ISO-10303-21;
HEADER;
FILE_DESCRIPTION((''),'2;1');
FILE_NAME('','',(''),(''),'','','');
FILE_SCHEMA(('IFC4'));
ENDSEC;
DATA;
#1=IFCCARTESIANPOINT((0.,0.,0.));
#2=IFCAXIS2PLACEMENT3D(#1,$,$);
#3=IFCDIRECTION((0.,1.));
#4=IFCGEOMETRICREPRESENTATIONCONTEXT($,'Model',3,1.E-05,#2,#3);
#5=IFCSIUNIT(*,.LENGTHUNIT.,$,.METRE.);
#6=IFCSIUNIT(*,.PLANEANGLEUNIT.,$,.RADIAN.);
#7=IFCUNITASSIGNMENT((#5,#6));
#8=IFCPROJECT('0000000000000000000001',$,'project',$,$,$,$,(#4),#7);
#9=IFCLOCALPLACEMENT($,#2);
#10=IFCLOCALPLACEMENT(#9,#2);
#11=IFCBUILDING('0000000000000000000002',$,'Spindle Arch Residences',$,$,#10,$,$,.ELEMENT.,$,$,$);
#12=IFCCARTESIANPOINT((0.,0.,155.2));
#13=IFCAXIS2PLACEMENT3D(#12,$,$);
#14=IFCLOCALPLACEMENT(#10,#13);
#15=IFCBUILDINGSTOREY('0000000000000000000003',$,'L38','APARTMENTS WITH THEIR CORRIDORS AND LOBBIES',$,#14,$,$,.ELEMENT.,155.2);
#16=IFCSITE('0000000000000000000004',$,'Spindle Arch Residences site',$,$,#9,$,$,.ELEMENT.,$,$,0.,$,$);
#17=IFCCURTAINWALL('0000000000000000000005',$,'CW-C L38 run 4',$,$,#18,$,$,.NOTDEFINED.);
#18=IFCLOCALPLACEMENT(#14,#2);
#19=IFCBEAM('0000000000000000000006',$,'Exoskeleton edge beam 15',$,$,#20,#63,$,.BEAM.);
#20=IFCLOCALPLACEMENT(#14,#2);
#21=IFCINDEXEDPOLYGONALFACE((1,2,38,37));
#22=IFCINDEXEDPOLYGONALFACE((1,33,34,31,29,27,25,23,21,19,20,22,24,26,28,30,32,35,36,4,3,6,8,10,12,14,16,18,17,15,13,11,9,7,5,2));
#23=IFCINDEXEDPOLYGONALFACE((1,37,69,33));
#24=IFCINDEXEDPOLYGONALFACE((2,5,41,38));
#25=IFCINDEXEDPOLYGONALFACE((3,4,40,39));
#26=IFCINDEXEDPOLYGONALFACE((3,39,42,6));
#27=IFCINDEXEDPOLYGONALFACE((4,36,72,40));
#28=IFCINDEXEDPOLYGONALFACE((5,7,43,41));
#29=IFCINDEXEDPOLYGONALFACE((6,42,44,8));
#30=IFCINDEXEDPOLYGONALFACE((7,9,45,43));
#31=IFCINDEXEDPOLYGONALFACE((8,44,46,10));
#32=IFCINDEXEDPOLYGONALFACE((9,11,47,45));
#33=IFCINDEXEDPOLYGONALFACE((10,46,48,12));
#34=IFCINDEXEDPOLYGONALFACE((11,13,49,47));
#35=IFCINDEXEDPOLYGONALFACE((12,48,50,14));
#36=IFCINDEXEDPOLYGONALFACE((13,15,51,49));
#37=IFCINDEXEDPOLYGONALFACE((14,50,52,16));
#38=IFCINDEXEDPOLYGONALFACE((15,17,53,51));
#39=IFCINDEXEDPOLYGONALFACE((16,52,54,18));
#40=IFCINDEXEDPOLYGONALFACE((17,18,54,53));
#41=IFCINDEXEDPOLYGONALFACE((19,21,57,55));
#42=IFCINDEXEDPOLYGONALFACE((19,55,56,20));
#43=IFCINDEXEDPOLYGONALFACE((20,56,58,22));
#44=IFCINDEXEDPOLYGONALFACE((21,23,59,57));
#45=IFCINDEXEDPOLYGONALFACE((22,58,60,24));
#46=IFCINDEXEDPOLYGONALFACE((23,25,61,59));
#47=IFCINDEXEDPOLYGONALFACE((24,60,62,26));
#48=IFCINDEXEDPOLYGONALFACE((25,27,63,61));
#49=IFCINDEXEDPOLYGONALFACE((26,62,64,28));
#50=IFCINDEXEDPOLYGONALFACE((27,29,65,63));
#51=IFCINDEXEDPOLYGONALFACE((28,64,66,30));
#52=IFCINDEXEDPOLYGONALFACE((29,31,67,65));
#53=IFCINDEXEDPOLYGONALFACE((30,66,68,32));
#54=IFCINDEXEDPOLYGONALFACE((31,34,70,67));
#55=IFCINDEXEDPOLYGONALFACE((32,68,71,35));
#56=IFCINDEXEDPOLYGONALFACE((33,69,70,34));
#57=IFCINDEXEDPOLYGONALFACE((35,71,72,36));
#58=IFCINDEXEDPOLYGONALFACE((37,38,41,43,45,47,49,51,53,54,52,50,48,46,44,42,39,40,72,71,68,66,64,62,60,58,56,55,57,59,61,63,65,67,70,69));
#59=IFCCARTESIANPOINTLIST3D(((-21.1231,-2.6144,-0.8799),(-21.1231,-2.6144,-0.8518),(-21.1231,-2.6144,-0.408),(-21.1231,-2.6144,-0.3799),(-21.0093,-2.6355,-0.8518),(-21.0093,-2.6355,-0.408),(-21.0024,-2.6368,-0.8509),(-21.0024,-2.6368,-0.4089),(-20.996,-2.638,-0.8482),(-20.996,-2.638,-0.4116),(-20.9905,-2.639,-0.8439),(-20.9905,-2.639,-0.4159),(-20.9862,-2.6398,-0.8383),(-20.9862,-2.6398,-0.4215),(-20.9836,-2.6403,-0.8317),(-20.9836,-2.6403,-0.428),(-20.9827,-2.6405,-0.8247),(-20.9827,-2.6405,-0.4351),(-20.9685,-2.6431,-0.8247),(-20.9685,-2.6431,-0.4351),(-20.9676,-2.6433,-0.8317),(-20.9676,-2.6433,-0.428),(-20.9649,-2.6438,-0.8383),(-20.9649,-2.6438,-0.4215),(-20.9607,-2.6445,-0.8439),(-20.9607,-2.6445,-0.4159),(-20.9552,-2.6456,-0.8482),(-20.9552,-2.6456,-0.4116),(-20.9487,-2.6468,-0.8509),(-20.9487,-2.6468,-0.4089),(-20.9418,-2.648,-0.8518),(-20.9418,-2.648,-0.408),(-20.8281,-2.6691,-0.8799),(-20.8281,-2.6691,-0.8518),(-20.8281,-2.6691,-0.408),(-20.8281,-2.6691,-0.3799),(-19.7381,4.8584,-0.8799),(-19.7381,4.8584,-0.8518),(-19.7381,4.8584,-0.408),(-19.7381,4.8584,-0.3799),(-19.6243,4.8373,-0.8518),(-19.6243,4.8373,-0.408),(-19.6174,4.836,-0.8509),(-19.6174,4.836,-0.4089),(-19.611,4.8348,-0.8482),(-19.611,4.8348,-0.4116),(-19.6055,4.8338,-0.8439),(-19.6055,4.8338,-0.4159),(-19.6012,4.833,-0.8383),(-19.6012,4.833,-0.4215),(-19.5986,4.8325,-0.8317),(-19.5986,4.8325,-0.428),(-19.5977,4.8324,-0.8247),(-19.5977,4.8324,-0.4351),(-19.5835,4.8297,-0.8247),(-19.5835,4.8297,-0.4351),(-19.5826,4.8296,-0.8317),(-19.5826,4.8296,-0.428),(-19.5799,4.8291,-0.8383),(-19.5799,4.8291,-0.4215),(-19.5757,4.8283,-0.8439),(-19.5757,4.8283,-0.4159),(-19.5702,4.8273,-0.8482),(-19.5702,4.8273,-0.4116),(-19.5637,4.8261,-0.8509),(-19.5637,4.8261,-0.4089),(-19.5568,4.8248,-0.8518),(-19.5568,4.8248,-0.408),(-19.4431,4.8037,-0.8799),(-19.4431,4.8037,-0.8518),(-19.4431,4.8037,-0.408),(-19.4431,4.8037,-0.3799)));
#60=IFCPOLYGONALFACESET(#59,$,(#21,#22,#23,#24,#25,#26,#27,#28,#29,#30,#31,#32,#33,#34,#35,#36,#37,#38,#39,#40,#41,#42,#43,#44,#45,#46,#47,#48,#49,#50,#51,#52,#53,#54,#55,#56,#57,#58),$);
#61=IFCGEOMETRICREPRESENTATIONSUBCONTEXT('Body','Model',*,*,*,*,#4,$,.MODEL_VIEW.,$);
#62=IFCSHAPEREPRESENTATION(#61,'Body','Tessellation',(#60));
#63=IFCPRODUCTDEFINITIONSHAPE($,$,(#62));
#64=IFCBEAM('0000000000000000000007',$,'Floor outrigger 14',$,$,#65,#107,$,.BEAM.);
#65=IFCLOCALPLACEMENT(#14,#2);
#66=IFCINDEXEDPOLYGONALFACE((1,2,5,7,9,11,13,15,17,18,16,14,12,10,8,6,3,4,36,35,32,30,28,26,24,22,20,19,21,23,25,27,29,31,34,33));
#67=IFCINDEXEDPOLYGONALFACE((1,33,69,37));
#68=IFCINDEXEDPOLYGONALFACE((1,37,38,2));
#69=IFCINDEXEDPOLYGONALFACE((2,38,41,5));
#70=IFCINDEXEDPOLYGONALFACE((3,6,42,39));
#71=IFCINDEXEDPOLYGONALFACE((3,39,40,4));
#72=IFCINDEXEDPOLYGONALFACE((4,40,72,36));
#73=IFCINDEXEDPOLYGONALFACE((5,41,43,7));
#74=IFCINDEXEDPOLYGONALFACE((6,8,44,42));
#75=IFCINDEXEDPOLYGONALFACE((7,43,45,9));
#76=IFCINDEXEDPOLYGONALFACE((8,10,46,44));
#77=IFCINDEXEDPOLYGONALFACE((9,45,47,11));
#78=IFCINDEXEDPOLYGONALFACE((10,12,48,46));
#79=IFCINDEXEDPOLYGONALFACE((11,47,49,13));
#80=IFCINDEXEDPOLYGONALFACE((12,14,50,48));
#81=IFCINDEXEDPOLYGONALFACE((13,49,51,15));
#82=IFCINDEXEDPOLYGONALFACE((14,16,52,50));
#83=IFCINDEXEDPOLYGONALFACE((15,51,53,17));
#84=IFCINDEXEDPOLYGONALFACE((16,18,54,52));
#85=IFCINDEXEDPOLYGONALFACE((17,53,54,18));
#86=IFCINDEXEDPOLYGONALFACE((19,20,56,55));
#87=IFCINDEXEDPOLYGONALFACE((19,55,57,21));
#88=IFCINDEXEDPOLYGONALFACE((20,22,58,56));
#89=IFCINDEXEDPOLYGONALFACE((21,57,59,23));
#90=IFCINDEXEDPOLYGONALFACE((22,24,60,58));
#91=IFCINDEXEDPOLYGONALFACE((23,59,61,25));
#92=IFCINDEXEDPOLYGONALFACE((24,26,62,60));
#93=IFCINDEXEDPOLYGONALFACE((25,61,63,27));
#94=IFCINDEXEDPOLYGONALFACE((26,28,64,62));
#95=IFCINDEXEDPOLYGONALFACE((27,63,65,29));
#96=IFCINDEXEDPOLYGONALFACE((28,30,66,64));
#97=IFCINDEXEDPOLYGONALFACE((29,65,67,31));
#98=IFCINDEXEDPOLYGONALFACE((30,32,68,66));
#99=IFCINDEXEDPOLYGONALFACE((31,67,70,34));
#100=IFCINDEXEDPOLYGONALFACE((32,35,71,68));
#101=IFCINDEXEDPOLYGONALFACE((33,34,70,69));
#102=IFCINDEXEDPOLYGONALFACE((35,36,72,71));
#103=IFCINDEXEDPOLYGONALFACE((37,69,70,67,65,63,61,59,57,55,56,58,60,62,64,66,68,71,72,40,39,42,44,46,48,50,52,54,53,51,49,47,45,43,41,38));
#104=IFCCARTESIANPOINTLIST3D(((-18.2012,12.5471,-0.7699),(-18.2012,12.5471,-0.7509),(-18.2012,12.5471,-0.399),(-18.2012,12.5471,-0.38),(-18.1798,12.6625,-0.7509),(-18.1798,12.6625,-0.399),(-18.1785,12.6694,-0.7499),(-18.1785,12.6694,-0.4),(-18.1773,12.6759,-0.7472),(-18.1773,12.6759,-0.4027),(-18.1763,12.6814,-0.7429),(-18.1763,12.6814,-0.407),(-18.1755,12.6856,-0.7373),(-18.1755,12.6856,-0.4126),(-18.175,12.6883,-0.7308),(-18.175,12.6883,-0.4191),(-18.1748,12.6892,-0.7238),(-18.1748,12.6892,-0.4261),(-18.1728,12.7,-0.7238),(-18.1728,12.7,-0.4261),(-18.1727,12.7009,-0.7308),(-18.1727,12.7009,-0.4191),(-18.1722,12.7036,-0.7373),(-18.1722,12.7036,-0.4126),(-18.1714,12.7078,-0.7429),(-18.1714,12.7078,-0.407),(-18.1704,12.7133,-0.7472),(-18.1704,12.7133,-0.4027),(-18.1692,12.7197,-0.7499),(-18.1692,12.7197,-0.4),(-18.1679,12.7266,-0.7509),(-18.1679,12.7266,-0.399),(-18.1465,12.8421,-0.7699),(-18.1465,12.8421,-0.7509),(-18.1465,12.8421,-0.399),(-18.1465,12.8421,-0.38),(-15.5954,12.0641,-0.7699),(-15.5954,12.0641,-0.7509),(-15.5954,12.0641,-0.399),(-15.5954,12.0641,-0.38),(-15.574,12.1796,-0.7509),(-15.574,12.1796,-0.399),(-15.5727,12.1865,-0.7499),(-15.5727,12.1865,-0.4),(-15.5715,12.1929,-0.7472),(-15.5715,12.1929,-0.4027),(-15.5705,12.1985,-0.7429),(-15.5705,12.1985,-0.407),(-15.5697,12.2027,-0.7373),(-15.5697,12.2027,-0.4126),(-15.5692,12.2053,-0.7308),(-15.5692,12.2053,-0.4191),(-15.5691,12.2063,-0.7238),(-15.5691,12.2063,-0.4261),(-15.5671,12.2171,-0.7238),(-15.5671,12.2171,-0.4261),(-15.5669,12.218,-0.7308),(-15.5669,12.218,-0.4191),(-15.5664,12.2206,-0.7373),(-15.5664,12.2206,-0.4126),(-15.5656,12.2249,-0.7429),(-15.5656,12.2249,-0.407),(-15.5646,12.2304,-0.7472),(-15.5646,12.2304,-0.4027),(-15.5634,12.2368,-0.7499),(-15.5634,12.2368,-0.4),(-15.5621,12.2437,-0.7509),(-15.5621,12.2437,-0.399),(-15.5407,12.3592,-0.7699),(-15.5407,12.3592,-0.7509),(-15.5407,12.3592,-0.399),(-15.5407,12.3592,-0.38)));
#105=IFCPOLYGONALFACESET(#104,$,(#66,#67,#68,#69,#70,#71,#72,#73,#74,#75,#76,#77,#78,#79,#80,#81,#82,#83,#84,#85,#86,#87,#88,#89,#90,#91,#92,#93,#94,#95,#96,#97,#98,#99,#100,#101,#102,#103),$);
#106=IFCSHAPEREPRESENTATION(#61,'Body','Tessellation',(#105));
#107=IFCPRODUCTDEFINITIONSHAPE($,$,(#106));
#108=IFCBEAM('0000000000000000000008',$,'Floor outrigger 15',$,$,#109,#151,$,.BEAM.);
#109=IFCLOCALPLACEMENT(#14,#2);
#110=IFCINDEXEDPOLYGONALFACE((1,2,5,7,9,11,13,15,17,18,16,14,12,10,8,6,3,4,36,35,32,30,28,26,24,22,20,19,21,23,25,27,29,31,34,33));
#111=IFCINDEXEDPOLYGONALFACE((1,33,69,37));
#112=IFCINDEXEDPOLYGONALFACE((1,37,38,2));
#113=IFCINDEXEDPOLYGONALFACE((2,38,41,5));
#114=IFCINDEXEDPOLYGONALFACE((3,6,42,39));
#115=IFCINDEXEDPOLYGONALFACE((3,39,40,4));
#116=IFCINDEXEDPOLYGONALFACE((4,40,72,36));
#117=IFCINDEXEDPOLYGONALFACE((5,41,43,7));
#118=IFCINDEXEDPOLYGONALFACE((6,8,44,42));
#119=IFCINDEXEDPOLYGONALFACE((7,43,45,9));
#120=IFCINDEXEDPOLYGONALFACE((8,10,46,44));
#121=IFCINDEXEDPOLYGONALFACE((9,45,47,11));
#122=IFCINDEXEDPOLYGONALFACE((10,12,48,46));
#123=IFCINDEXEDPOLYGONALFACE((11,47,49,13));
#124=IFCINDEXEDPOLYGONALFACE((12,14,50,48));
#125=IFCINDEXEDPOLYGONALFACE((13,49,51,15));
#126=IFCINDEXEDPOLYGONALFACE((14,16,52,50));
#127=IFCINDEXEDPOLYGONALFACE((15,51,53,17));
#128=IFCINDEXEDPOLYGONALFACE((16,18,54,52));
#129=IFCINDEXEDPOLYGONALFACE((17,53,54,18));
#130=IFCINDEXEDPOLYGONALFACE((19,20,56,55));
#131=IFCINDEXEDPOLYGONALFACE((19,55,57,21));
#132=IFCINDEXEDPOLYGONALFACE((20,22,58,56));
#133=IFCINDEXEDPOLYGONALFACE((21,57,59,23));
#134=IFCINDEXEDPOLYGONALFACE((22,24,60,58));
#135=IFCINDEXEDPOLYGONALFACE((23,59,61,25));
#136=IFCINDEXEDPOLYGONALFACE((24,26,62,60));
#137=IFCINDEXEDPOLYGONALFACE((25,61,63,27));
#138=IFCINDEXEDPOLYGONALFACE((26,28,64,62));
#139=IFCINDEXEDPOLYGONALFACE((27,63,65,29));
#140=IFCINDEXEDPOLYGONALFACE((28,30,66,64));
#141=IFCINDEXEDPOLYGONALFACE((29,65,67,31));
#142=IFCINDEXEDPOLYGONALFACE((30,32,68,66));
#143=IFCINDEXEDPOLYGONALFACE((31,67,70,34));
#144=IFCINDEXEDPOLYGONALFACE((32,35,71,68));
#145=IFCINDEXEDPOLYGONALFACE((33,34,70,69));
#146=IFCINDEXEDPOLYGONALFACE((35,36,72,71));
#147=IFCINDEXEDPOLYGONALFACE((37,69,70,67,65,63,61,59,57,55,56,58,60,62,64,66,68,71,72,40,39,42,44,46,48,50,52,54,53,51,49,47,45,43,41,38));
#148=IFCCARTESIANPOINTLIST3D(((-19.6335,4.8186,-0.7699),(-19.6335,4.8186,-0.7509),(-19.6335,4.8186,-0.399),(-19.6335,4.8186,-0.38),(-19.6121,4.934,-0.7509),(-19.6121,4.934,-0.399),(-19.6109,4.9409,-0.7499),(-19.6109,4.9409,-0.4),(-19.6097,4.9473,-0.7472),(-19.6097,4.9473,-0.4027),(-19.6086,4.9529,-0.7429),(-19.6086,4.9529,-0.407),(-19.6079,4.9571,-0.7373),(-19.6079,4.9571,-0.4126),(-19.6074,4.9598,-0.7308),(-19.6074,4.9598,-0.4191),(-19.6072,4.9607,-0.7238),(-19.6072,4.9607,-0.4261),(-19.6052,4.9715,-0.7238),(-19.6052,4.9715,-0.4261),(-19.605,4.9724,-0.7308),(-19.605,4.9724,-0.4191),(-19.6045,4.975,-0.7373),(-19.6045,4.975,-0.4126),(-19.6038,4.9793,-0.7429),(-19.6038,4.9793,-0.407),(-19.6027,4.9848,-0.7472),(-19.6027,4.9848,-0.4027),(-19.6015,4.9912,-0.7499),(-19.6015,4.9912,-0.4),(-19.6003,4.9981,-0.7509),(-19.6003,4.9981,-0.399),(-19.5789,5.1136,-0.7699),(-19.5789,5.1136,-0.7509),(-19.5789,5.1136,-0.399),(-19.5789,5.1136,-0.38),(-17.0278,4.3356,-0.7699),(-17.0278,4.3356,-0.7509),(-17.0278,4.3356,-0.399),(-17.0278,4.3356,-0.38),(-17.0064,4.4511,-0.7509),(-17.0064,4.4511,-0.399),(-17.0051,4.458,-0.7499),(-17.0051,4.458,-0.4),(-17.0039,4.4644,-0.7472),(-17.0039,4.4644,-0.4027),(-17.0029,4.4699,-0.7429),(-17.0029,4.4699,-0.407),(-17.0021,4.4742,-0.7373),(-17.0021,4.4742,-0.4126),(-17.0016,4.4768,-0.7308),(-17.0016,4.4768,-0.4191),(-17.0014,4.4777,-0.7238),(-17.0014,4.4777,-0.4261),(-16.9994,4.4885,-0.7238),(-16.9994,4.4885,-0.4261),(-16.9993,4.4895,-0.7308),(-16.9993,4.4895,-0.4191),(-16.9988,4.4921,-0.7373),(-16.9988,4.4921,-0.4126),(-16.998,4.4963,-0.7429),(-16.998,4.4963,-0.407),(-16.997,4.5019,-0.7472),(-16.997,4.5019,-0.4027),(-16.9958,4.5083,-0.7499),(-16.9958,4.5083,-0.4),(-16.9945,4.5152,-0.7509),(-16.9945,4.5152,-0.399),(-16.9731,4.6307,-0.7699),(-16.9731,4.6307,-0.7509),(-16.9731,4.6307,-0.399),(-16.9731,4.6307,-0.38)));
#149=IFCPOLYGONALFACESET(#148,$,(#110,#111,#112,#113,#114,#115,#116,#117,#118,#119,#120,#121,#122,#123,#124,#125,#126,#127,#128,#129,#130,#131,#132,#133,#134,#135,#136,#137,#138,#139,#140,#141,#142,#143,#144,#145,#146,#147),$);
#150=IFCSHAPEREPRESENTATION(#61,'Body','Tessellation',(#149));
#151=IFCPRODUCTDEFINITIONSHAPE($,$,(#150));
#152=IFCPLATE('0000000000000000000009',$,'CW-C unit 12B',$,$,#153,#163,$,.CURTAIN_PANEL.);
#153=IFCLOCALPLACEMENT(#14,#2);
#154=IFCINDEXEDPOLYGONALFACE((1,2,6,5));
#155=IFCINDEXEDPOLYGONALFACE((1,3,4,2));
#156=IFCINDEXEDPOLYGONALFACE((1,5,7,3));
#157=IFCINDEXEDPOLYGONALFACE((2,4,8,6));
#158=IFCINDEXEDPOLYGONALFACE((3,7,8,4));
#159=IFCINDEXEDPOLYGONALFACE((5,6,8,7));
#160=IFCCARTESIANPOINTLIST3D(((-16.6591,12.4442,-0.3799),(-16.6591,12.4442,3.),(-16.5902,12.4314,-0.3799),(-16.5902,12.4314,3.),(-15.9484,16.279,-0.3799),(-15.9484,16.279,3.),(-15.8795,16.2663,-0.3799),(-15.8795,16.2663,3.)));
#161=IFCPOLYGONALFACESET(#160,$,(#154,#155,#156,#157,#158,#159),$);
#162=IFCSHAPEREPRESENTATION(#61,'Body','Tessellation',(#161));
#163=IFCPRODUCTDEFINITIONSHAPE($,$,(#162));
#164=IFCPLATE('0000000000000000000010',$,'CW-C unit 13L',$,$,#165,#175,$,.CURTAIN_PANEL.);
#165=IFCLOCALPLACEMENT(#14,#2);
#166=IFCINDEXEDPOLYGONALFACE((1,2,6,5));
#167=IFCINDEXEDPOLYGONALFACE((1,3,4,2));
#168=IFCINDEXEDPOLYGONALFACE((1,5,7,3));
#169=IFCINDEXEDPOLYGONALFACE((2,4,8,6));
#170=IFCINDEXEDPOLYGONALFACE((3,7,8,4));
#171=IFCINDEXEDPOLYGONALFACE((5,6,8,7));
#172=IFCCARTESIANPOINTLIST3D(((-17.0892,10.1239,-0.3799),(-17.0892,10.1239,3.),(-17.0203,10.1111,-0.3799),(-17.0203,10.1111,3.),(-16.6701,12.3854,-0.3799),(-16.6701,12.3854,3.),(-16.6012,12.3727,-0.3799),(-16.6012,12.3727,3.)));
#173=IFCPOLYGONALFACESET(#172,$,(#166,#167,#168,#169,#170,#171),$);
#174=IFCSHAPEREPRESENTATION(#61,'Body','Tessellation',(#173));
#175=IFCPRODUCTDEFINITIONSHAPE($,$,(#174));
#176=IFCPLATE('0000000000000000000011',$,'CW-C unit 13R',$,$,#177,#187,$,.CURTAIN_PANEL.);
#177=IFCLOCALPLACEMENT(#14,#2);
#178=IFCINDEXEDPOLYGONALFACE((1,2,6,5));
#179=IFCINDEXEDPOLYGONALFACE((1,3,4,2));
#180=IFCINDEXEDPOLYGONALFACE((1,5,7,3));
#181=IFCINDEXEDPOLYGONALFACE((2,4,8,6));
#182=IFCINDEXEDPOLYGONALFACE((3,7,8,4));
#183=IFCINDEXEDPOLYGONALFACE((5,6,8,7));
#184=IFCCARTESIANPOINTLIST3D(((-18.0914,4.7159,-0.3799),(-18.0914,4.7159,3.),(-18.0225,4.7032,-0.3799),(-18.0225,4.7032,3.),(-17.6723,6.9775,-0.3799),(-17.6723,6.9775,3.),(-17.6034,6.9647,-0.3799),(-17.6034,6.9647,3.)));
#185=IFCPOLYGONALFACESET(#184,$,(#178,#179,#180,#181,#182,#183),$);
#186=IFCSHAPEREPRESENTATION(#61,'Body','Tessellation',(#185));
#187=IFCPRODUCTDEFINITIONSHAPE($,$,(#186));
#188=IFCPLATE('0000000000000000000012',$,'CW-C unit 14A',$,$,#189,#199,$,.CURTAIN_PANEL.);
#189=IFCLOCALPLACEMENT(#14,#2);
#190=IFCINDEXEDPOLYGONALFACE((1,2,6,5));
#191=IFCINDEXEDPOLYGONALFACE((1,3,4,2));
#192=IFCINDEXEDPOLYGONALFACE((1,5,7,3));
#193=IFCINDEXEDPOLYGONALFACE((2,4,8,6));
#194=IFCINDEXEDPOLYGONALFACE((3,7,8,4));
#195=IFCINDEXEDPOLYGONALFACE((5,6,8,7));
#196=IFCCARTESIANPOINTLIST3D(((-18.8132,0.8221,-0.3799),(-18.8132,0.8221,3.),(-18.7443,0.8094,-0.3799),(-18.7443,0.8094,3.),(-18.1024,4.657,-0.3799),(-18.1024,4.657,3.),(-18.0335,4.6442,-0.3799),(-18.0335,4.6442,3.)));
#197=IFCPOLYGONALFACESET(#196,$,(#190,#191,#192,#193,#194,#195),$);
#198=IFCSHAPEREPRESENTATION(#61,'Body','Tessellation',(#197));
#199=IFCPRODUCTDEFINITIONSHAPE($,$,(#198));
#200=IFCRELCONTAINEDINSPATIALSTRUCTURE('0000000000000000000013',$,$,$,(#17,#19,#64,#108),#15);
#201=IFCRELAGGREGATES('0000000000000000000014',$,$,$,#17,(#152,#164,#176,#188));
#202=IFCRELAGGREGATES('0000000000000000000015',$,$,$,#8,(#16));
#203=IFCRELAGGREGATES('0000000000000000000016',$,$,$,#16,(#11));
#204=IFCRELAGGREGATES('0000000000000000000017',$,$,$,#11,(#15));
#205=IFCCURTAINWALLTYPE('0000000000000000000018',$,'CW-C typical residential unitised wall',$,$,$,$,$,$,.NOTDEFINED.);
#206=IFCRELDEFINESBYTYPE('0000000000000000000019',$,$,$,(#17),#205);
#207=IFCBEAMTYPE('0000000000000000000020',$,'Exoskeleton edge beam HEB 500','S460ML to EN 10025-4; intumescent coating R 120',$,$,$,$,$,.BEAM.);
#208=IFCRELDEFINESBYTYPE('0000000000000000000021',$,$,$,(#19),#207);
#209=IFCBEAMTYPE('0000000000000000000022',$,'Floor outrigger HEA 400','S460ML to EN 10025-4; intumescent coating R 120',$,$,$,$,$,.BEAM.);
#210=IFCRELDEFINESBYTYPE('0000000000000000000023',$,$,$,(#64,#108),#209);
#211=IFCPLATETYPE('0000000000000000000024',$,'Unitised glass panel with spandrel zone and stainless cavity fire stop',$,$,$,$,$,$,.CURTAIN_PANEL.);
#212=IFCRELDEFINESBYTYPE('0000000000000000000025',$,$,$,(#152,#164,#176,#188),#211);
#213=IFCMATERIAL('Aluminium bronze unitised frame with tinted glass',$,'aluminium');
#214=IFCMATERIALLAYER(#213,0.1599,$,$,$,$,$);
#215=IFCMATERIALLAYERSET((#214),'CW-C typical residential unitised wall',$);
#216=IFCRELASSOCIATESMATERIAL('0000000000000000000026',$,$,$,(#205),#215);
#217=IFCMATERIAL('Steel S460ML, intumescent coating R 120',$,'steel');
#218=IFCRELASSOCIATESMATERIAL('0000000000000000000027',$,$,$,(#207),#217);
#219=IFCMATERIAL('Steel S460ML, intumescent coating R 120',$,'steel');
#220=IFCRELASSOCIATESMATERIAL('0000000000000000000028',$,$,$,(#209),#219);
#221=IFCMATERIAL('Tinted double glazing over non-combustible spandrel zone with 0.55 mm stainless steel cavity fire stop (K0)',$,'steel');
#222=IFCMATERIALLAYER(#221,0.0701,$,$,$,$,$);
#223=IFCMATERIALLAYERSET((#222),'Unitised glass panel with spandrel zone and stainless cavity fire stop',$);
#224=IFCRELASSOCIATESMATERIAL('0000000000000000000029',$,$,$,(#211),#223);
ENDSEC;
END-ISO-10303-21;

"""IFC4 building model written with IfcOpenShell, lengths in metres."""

from ifc_helpers import new_model, si_unit, direction, frame, origin, origin_2d, place, context, subcontext, project, spatial, rectangle, i_section, extrude, material, layer, layer_set, material_profile, profile_set, type_object, element, aggregate, save


model = new_model("IFC4")

# Units and contexts
model_context = context("Model", 3, precision=1e-05, world=origin(), true_north=direction((0.0, 1.0)))
body_context = subcontext(model_context, "Body", "Model", "MODEL_VIEW")
ifc_project = project(units=[si_unit("LENGTHUNIT", "METRE"), si_unit("PLANEANGLEUNIT", "RADIAN")], contexts=[model_context])

# Site, building, storey
site_placement = place(None, origin())
site = spatial("IfcSite", under=ifc_project, at=site_placement, Name="Spindle Arch Residences site", CompositionType="ELEMENT", RefElevation=0.0)
building_placement = place(site_placement, origin())
building = spatial("IfcBuilding", under=site, at=building_placement, Name="Spindle Arch Residences", CompositionType="ELEMENT")
storey_placement = place(building_placement, frame((0.0, 0.0, 155.2)))
storey = spatial("IfcBuildingStorey", under=building, at=storey_placement, Name="L38", Description="APARTMENTS WITH THEIR CORRIDORS AND LOBBIES", CompositionType="ELEMENT", Elevation=155.2)

# Curtain wall
ifc_material_1 = material(Name="Aluminium bronze unitised frame with tinted glass", Category="aluminium")
ifc_layer_1 = layer(ifc_material_1, 0.1599)
ifc_layer_set_1 = layer_set([ifc_layer_1], Name="CW-C typical residential unitised wall")
curtain_wall_type = type_object("IfcCurtainWallType", Name="CW-C typical residential unitised wall", PredefinedType="NOTDEFINED", material=ifc_layer_set_1)
curtain_wall_placement = place(storey_placement, origin())
curtain_wall = element("IfcCurtainWall", 1, at=curtain_wall_placement, inside=storey, type_object=curtain_wall_type, Name="CW-C L38 run 4", PredefinedType="NOTDEFINED")

# Beams
ifc_material_2 = material(Name="Steel S460ML, intumescent coating R 120", Category="steel")
ifc_material_profile_1 = material_profile(ifc_material_2, i_section(OverallWidth=0.3, OverallDepth=0.5, WebThickness=0.0144, FlangeThickness=0.0281, FilletRadius=0.0271, at=origin_2d()), Name="HEB 500")
ifc_profile_set_1 = profile_set([ifc_material_profile_1], Name="Steel S460ML, intumescent coating R 120")
beam_type_1 = type_object("IfcBeamType", Name="Exoskeleton edge beam HEB 500", Description="S460ML to EN 10025-4; intumescent coating R 120", PredefinedType="BEAM", material=ifc_profile_set_1)
for number, where, z_axis, x_axis, name in (
    (2, (-19.5906, 4.8311, -0.6299), (-0.182234, -0.983255, 0.0), (0.983255, -0.182234, 0.0), "Exoskeleton edge beam 15"),
):
    element("IfcBeam", number, at=place(storey_placement, frame(where, z_axis=z_axis, x_axis=x_axis)), inside=storey, type_object=beam_type_1, Name=name, PredefinedType="BEAM", context=body_context, shape_type="SweptSolid", body=[
        extrude(i_section(OverallWidth=0.3, OverallDepth=0.5, WebThickness=0.0144, FlangeThickness=0.0281, FilletRadius=0.0271, at=origin_2d()), origin(), (0.0, 0.0, 1.0), 7.6001),
    ])
ifc_material_3 = material(Name="Steel S460ML, intumescent coating R 120", Category="steel")
ifc_material_profile_2 = material_profile(ifc_material_3, i_section(OverallWidth=0.3, OverallDepth=0.3899, WebThickness=0.011, FlangeThickness=0.019, FilletRadius=0.0271, at=origin_2d()), Name="HEA 400")
ifc_profile_set_2 = profile_set([ifc_material_profile_2], Name="Steel S460ML, intumescent coating R 120")
beam_type_2 = type_object("IfcBeamType", Name="Floor outrigger HEA 400", Description="S460ML to EN 10025-4; intumescent coating R 120", PredefinedType="BEAM", material=ifc_profile_set_2)
for number, where, z_axis, x_axis, name in (
    (3, (-18.1738, 12.6946, -0.575), (0.983257, -0.182225, 0.0), (0.182225, 0.983257, 0.0), "Floor outrigger 14"),
    (4, (-19.6062, 4.9661, -0.575), (0.983257, -0.182225, 0.0), (0.182225, 0.983257, 0.0), "Floor outrigger 15"),
):
    element("IfcBeam", number, at=place(storey_placement, frame(where, z_axis=z_axis, x_axis=x_axis)), inside=storey, type_object=beam_type_2, Name=name, PredefinedType="BEAM", context=body_context, shape_type="SweptSolid", body=[
        extrude(i_section(OverallWidth=0.3, OverallDepth=0.3899, WebThickness=0.011, FlangeThickness=0.019, FilletRadius=0.0271, at=origin_2d()), origin(), (0.0, 0.0, 1.0), 2.6501),
    ])

# Plates
ifc_material_4 = material(Name="Tinted double glazing over non-combustible spandrel zone with 0.55 mm stainless steel cavity fire stop (K0)", Category="steel")
ifc_layer_2 = layer(ifc_material_4, 0.0701)
ifc_layer_set_2 = layer_set([ifc_layer_2], Name="Unitised glass panel with spandrel zone and stainless cavity fire stop")
plate_type = type_object("IfcPlateType", Name="Unitised glass panel with spandrel zone and stainless cavity fire stop", PredefinedType="CURTAIN_PANEL", material=ifc_layer_set_2)
plate_1_placement = place(storey_placement, frame((-16.2693, 14.3552, -0.3799), z_axis=(0.0, 0.0, 1.0), x_axis=(-0.182236, -0.983255, 0.0)))
plate_1 = element("IfcPlate", 5, at=plate_1_placement, type_object=plate_type, Name="CW-C unit 12B", PredefinedType="CURTAIN_PANEL", context=body_context, shape_type="SweptSolid", body=[
    extrude(rectangle(XDim=3.9001, YDim=0.0701, at=origin_2d()), origin(), (0.0, 0.0, 1.0), 3.3799),
])
plate_2_placement = place(storey_placement, frame((-16.8452, 11.2483, -0.3799), z_axis=(0.0, 0.0, 1.0), x_axis=(-0.182236, -0.983255, 0.0)))
plate_2 = element("IfcPlate", 6, at=plate_2_placement, type_object=plate_type, Name="CW-C unit 13L", PredefinedType="CURTAIN_PANEL", context=body_context, shape_type="SweptSolid", body=[
    extrude(rectangle(XDim=2.3, YDim=0.0701, at=origin_2d()), origin(), (0.0, 0.0, 1.0), 3.3799),
])
plate_3_placement = place(storey_placement, frame((-17.8474, 5.8403, -0.3799), z_axis=(0.0, 0.0, 1.0), x_axis=(-0.182236, -0.983255, 0.0)))
plate_3 = element("IfcPlate", 7, at=plate_3_placement, type_object=plate_type, Name="CW-C unit 13R", PredefinedType="CURTAIN_PANEL", context=body_context, shape_type="SweptSolid", body=[
    extrude(rectangle(XDim=2.3, YDim=0.0701, at=origin_2d()), origin(), (0.0, 0.0, 1.0), 3.3799),
])
plate_4_placement = place(storey_placement, frame((-18.4233, 2.7332, -0.3799), z_axis=(0.0, 0.0, 1.0), x_axis=(-0.182236, -0.983255, 0.0)))
plate_4 = element("IfcPlate", 8, at=plate_4_placement, type_object=plate_type, Name="CW-C unit 14A", PredefinedType="CURTAIN_PANEL", context=body_context, shape_type="SweptSolid", body=[
    extrude(rectangle(XDim=3.9001, YDim=0.0701, at=origin_2d()), origin(), (0.0, 0.0, 1.0), 3.3799),
])
aggregate(curtain_wall, [plate_1, plate_2, plate_3, plate_4])

save(model, "model.ifc")
